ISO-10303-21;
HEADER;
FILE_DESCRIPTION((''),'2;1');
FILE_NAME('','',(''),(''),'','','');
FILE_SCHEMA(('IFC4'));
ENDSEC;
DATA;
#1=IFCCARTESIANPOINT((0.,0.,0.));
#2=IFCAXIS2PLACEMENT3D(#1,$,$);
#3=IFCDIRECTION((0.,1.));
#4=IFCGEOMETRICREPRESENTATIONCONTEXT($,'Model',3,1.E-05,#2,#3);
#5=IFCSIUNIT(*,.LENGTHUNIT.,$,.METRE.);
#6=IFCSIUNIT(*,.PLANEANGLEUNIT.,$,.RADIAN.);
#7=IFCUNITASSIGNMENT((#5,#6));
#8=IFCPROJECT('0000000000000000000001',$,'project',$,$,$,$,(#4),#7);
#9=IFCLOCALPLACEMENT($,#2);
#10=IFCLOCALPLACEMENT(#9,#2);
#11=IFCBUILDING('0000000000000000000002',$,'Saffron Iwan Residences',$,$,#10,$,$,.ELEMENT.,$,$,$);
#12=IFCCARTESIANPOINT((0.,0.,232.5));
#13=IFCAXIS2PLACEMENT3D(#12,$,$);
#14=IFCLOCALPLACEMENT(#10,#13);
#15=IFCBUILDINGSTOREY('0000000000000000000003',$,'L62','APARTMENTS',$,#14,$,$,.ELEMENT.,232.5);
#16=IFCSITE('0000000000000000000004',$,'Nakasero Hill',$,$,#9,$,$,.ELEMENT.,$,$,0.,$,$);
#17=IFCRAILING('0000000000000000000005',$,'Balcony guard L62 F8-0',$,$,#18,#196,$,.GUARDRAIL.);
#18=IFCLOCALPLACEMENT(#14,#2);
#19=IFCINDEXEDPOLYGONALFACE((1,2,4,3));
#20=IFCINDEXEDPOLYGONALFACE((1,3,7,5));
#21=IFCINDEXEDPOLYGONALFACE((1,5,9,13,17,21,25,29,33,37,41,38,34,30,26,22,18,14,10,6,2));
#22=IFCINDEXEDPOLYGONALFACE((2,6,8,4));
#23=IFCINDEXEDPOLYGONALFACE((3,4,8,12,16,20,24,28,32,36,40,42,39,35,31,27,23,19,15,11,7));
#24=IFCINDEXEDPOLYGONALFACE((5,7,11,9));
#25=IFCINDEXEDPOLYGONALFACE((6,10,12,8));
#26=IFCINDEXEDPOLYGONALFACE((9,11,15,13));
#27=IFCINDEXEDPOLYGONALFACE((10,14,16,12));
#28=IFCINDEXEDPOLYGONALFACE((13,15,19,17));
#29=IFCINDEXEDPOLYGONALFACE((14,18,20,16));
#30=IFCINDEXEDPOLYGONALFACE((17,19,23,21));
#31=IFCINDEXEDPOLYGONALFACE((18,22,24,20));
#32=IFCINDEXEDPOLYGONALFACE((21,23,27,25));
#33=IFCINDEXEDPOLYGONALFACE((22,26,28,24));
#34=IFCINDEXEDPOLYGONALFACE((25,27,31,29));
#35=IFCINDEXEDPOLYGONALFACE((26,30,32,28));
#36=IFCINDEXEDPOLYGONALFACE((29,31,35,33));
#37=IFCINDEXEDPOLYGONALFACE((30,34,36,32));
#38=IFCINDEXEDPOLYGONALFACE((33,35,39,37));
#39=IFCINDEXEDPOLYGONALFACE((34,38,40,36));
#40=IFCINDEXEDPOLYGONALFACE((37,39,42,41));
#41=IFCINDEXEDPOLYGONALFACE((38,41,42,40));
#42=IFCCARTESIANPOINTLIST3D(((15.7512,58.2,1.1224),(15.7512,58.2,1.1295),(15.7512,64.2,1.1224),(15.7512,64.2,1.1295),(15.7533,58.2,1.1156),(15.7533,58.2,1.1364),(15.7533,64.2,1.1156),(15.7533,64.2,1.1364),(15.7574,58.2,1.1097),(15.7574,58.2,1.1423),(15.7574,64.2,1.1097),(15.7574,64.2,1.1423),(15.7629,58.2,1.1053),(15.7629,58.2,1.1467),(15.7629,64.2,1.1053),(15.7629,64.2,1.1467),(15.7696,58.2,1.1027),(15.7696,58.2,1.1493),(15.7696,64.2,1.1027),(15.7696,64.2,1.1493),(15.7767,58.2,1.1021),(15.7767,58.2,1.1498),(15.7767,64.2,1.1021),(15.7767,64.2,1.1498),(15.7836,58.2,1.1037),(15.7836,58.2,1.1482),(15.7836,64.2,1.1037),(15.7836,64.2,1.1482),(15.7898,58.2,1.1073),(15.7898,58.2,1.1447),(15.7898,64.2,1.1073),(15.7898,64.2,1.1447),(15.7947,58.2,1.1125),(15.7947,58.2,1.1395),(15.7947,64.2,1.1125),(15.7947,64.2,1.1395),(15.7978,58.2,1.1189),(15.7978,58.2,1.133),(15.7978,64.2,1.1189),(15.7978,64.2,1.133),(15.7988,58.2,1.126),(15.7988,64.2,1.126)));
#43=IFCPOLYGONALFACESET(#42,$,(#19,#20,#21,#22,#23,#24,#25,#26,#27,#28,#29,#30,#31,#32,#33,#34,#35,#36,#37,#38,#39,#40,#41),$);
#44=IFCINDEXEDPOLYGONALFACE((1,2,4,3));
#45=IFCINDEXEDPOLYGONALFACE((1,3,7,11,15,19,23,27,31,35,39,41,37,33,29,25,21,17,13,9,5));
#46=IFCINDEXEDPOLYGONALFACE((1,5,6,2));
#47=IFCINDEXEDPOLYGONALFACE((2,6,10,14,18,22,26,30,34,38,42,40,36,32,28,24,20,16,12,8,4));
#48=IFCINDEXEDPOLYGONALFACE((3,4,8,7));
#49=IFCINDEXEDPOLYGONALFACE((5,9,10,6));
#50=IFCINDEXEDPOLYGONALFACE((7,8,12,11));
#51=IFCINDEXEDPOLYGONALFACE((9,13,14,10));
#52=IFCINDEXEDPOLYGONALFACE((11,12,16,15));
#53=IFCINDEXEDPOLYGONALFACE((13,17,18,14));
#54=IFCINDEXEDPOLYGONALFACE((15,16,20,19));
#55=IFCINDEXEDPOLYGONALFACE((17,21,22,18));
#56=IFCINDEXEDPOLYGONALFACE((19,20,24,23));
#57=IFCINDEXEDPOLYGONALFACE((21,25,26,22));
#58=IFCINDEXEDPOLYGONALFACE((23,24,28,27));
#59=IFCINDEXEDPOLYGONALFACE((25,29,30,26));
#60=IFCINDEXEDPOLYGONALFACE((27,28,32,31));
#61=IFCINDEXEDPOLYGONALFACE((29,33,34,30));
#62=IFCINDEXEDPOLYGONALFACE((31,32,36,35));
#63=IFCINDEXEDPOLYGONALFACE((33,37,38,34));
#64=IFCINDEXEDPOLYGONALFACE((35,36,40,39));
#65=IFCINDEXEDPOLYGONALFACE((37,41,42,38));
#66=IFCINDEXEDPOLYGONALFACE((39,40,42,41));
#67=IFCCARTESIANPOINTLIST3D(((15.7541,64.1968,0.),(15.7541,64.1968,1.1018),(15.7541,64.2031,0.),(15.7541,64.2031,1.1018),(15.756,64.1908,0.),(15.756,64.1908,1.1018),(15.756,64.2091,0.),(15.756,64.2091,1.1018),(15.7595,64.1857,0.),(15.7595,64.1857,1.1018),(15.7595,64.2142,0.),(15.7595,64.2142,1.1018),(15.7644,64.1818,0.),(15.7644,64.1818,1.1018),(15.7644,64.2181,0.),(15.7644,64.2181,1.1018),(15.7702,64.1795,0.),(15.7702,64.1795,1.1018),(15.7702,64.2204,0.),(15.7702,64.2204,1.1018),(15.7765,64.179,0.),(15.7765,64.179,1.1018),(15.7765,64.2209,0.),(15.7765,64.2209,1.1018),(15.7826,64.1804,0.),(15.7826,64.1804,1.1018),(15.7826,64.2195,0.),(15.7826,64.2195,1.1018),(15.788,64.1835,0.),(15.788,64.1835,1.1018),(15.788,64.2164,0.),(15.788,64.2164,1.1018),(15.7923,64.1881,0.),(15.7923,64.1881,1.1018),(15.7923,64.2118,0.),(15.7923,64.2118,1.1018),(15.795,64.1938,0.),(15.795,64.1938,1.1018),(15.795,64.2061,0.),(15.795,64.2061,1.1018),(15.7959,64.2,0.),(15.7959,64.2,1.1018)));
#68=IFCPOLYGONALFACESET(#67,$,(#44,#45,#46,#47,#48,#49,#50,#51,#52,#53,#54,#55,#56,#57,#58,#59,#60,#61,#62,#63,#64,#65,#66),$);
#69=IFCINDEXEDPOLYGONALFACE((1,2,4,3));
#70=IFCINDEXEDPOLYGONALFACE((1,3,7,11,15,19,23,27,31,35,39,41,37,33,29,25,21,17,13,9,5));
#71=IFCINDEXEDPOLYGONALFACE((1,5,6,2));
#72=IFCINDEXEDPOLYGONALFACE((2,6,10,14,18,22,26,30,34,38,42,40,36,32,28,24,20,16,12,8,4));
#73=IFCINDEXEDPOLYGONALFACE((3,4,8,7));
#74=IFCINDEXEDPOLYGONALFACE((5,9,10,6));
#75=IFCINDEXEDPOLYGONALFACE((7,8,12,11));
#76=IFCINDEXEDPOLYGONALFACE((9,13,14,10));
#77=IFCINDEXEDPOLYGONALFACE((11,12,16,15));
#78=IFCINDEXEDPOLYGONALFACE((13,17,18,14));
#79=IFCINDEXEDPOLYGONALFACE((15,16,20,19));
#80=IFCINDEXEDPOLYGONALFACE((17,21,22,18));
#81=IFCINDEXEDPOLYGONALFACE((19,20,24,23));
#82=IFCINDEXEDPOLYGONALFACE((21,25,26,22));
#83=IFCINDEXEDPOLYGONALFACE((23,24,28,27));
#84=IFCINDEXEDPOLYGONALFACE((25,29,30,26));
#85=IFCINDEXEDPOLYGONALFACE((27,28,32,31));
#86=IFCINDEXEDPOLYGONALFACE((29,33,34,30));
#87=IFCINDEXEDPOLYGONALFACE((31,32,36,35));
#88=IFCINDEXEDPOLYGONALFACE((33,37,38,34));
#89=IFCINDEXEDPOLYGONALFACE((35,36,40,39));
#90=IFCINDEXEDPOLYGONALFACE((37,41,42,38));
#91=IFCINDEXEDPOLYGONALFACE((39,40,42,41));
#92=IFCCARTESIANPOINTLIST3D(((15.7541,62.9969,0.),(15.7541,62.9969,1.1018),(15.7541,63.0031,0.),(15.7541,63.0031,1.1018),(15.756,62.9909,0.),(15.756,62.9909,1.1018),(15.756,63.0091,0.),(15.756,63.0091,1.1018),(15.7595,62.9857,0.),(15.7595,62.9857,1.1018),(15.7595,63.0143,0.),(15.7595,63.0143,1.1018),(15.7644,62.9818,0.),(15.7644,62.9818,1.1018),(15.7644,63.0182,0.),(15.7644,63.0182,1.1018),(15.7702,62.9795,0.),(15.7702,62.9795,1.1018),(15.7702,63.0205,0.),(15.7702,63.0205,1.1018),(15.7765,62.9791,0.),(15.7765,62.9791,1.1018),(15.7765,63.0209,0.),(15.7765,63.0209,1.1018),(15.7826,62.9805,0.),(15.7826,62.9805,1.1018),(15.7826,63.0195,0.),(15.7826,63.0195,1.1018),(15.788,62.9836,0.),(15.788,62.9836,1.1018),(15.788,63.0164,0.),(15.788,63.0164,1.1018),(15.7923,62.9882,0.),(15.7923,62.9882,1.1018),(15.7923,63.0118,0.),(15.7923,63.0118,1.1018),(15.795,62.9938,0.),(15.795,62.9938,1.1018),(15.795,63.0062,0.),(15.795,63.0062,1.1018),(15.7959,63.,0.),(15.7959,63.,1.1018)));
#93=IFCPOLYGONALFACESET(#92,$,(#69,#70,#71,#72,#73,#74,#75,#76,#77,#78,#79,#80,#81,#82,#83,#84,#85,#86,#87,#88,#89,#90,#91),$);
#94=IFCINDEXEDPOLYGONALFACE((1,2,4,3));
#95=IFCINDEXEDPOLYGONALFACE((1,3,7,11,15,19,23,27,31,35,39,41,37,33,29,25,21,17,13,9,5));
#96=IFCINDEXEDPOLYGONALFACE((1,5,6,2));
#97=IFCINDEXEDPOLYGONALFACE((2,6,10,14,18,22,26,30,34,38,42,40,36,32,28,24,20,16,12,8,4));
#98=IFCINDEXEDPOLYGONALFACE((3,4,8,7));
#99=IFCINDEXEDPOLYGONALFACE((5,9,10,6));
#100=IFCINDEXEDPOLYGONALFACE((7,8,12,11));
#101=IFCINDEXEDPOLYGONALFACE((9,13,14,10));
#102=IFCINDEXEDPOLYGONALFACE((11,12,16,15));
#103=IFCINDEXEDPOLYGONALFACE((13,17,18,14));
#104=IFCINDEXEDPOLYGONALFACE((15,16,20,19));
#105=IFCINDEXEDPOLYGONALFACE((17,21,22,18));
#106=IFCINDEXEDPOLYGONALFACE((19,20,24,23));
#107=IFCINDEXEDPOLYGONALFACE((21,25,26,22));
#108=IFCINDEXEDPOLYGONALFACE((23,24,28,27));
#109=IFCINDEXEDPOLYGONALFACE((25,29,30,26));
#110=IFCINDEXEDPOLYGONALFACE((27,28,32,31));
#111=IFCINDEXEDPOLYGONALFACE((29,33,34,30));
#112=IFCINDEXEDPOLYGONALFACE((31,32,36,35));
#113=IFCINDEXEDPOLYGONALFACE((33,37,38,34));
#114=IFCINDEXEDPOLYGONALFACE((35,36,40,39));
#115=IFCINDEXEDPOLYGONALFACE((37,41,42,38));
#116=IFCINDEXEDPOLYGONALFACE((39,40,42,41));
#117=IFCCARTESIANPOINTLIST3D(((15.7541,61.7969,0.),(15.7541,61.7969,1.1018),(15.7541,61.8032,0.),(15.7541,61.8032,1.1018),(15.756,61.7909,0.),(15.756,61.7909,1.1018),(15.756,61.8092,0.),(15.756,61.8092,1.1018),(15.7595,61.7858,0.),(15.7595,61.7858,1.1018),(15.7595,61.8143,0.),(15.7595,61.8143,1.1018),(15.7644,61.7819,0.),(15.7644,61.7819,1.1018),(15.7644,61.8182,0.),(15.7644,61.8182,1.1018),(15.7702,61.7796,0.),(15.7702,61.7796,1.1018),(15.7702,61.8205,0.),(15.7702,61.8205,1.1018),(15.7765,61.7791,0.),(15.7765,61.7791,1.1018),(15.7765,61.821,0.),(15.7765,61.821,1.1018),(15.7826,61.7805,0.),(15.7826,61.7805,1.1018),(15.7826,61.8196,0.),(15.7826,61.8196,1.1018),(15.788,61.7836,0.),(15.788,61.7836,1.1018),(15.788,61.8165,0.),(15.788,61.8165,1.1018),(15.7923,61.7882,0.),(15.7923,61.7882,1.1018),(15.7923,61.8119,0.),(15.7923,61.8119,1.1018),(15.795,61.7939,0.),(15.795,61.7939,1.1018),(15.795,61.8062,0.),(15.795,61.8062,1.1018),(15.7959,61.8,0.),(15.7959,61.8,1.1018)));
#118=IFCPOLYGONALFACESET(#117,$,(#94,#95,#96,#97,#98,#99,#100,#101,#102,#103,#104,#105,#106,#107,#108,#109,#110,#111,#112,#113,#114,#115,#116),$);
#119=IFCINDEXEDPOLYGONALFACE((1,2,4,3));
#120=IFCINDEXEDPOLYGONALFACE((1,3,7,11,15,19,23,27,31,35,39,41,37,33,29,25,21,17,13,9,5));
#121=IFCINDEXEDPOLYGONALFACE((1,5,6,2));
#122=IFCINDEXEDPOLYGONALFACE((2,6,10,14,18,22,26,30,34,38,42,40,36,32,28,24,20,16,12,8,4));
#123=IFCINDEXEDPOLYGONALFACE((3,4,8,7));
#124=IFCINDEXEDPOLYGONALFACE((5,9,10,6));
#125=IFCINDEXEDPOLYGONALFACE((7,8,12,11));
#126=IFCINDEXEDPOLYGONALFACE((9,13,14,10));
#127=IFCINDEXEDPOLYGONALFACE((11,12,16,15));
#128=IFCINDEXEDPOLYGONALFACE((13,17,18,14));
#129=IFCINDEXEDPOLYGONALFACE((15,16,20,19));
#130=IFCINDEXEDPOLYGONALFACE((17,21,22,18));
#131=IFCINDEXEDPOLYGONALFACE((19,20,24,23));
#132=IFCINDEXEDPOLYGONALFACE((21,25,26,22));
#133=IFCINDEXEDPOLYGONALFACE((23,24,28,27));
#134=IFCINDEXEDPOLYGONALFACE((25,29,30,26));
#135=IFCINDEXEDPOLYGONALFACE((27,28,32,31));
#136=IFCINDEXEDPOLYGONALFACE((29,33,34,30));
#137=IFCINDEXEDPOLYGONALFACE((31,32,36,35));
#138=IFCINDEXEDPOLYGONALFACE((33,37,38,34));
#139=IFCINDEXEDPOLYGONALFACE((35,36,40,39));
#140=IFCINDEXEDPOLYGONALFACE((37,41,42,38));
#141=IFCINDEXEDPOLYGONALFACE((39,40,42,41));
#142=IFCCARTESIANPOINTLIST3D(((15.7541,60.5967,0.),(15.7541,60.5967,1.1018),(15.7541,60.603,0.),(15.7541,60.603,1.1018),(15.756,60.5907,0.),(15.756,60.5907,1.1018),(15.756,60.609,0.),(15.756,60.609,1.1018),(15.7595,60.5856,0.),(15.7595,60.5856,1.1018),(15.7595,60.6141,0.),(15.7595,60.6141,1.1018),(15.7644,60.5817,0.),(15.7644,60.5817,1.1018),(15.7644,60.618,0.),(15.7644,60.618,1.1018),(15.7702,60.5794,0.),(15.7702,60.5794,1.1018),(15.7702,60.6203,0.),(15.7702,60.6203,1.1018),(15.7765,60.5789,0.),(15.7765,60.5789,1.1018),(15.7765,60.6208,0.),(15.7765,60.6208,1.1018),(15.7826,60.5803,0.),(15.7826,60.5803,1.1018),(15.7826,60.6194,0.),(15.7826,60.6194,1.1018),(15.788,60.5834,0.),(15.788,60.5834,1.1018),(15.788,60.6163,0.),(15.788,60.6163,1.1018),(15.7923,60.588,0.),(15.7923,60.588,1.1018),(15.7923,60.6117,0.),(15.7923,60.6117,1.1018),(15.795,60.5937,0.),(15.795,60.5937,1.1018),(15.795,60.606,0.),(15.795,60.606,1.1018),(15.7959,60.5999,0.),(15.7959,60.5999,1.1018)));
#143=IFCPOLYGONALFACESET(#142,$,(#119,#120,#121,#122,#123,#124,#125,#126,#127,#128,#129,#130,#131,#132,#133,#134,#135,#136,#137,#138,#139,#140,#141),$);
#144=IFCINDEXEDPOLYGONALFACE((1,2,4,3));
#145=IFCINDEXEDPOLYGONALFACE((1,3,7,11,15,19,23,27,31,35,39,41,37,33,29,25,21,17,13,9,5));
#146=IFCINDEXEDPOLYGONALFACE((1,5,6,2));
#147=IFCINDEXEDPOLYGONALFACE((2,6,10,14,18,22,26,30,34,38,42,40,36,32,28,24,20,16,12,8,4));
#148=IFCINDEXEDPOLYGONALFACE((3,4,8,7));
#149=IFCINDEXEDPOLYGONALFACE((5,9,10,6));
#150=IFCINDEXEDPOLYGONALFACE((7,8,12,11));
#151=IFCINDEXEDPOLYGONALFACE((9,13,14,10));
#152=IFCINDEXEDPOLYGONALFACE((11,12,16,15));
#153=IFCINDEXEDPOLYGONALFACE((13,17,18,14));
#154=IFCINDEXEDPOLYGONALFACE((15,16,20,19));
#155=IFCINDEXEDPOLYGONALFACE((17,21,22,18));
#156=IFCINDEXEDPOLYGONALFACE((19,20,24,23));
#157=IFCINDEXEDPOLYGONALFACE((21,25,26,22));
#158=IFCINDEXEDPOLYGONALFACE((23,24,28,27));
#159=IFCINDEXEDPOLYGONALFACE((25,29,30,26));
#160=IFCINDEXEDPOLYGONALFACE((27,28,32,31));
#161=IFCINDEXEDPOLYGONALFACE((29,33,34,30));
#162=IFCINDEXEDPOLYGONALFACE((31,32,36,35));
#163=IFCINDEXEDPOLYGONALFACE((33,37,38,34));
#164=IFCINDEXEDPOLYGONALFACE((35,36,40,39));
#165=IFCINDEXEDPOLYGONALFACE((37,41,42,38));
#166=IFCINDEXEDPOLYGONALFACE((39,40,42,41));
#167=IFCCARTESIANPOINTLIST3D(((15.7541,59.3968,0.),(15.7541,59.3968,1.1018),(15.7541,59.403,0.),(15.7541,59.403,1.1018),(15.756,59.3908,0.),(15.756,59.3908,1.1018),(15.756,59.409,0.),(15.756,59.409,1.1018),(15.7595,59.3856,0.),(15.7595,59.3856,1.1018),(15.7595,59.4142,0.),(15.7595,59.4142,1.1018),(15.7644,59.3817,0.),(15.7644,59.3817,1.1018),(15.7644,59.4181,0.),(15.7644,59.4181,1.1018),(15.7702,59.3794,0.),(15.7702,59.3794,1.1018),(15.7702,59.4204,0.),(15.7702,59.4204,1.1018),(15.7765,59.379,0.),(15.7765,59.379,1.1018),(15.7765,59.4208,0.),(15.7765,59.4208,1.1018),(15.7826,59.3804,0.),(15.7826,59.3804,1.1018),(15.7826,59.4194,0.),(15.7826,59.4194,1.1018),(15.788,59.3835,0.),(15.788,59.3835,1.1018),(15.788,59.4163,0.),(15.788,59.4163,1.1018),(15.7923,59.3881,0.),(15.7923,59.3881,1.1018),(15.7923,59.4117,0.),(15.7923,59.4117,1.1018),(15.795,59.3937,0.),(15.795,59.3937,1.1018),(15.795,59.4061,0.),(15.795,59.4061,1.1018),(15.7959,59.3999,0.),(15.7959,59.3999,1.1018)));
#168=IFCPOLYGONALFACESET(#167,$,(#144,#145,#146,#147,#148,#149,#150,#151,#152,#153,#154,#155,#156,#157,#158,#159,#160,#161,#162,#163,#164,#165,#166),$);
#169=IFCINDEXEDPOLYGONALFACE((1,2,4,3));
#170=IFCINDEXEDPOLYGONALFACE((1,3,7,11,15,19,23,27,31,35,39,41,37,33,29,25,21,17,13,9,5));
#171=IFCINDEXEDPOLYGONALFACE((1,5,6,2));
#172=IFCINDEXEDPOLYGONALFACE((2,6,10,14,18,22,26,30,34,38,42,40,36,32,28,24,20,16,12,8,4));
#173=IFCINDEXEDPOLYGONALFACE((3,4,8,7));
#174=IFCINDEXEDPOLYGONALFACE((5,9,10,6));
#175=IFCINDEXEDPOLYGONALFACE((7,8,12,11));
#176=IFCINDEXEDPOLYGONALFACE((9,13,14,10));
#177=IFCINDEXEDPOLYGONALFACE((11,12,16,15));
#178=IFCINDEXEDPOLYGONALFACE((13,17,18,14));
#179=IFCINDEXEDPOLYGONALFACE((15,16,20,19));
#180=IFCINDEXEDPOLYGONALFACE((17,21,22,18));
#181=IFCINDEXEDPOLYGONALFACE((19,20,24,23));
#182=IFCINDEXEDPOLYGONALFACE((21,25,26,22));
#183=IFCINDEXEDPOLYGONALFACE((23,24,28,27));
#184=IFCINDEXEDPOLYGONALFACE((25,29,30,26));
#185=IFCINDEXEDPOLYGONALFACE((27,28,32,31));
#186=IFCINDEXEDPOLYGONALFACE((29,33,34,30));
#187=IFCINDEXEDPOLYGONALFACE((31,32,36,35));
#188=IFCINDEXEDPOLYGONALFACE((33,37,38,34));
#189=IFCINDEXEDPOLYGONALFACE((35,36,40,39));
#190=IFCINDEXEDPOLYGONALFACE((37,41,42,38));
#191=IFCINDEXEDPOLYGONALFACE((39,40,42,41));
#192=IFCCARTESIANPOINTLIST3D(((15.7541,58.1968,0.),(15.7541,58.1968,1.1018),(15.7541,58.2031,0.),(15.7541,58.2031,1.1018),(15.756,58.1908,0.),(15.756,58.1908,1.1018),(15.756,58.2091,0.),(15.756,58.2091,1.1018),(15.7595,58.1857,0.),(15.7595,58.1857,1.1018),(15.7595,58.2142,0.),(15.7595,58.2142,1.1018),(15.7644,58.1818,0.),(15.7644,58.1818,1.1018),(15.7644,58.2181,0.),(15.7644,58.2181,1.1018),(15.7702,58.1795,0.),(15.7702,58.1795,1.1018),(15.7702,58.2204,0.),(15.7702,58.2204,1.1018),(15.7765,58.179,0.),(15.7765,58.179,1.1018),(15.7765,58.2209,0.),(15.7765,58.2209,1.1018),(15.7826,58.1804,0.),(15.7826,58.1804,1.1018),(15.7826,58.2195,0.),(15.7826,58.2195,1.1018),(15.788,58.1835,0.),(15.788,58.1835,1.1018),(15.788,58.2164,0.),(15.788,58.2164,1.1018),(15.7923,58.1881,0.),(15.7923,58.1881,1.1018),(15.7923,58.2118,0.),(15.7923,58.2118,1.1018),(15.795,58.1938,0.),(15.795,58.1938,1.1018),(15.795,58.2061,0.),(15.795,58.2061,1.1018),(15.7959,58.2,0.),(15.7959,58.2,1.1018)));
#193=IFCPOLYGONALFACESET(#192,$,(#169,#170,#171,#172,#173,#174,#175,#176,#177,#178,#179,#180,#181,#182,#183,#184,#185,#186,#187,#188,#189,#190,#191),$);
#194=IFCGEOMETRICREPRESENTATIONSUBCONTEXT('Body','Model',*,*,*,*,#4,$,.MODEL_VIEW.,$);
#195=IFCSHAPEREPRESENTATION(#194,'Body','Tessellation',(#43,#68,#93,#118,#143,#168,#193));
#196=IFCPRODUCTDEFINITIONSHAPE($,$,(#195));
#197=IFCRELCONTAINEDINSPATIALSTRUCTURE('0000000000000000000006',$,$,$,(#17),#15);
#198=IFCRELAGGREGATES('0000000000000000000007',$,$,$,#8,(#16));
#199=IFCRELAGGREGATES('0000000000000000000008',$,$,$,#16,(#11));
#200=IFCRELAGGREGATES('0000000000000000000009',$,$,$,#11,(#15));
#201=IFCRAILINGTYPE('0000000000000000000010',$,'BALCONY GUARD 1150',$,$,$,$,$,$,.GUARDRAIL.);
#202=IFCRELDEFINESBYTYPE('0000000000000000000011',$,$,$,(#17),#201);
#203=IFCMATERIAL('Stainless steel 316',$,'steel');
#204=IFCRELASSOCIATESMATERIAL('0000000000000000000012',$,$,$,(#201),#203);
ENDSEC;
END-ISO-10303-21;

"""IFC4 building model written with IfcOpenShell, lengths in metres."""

from ifc_helpers import new_model, si_unit, direction, frame, origin, origin_2d, place, context, subcontext, project, spatial, circle, extrude, material, type_object, element, save


model = new_model("IFC4")

# Units and contexts
model_context = context("Model", 3, precision=1e-05, world=origin(), true_north=direction((0.0, 1.0)))
body_context = subcontext(model_context, "Body", "Model", "MODEL_VIEW")
ifc_project = project(units=[si_unit("LENGTHUNIT", "METRE"), si_unit("PLANEANGLEUNIT", "RADIAN")], contexts=[model_context])

# Site, building, storey
site_placement = place(None, origin())
site = spatial("IfcSite", under=ifc_project, at=site_placement, Name="Nakasero Hill", CompositionType="ELEMENT", RefElevation=0.0)
building_placement = place(site_placement, origin())
building = spatial("IfcBuilding", under=site, at=building_placement, Name="Saffron Iwan Residences", CompositionType="ELEMENT")
storey_placement = place(building_placement, frame((0.0, 0.0, 232.5)))
storey = spatial("IfcBuildingStorey", under=building, at=storey_placement, Name="L62", Description="APARTMENTS", CompositionType="ELEMENT", Elevation=232.5)

# Railing
ifc_material_1 = material(Name="Stainless steel 316", Category="steel")
railing_type = type_object("IfcRailingType", Name="BALCONY GUARD 1150", PredefinedType="GUARDRAIL", material=ifc_material_1)
railing_placement = place(storey_placement, frame((15.7749, 64.2, 0.0)))
element("IfcRailing", 1, at=railing_placement, inside=storey, type_object=railing_type, Name="Balcony guard L62 F8-0", PredefinedType="GUARDRAIL", context=body_context, shape_type="SweptSolid", body=[
    extrude(circle(Radius=0.0239, at=origin_2d()), frame((0.0, 0.0, 1.126), z_axis=(0.0, -1.0, 0.0), x_axis=(1.0, 0.0, 0.0)), (0.0, 0.0, 1.0), 6.0),
    extrude(circle(Radius=0.021, at=origin_2d()), origin(), (0.0, 0.0, 1.0), 1.1018),
    extrude(circle(Radius=0.021, at=origin_2d()), frame((0.0, -1.2, 0.0)), (0.0, 0.0, 1.0), 1.1018),
    extrude(circle(Radius=0.021, at=origin_2d()), frame((0.0, -2.3999, 0.0)), (0.0, 0.0, 1.0), 1.1018),
    extrude(circle(Radius=0.021, at=origin_2d()), frame((0.0, -3.6001, 0.0)), (0.0, 0.0, 1.0), 1.1018),
    extrude(circle(Radius=0.021, at=origin_2d()), frame((0.0, -4.8, 0.0)), (0.0, 0.0, 1.0), 1.1018),
    extrude(circle(Radius=0.021, at=origin_2d()), frame((0.0, -6.0, 0.0)), (0.0, 0.0, 1.0), 1.1018),
])

save(model, "model.ifc")
